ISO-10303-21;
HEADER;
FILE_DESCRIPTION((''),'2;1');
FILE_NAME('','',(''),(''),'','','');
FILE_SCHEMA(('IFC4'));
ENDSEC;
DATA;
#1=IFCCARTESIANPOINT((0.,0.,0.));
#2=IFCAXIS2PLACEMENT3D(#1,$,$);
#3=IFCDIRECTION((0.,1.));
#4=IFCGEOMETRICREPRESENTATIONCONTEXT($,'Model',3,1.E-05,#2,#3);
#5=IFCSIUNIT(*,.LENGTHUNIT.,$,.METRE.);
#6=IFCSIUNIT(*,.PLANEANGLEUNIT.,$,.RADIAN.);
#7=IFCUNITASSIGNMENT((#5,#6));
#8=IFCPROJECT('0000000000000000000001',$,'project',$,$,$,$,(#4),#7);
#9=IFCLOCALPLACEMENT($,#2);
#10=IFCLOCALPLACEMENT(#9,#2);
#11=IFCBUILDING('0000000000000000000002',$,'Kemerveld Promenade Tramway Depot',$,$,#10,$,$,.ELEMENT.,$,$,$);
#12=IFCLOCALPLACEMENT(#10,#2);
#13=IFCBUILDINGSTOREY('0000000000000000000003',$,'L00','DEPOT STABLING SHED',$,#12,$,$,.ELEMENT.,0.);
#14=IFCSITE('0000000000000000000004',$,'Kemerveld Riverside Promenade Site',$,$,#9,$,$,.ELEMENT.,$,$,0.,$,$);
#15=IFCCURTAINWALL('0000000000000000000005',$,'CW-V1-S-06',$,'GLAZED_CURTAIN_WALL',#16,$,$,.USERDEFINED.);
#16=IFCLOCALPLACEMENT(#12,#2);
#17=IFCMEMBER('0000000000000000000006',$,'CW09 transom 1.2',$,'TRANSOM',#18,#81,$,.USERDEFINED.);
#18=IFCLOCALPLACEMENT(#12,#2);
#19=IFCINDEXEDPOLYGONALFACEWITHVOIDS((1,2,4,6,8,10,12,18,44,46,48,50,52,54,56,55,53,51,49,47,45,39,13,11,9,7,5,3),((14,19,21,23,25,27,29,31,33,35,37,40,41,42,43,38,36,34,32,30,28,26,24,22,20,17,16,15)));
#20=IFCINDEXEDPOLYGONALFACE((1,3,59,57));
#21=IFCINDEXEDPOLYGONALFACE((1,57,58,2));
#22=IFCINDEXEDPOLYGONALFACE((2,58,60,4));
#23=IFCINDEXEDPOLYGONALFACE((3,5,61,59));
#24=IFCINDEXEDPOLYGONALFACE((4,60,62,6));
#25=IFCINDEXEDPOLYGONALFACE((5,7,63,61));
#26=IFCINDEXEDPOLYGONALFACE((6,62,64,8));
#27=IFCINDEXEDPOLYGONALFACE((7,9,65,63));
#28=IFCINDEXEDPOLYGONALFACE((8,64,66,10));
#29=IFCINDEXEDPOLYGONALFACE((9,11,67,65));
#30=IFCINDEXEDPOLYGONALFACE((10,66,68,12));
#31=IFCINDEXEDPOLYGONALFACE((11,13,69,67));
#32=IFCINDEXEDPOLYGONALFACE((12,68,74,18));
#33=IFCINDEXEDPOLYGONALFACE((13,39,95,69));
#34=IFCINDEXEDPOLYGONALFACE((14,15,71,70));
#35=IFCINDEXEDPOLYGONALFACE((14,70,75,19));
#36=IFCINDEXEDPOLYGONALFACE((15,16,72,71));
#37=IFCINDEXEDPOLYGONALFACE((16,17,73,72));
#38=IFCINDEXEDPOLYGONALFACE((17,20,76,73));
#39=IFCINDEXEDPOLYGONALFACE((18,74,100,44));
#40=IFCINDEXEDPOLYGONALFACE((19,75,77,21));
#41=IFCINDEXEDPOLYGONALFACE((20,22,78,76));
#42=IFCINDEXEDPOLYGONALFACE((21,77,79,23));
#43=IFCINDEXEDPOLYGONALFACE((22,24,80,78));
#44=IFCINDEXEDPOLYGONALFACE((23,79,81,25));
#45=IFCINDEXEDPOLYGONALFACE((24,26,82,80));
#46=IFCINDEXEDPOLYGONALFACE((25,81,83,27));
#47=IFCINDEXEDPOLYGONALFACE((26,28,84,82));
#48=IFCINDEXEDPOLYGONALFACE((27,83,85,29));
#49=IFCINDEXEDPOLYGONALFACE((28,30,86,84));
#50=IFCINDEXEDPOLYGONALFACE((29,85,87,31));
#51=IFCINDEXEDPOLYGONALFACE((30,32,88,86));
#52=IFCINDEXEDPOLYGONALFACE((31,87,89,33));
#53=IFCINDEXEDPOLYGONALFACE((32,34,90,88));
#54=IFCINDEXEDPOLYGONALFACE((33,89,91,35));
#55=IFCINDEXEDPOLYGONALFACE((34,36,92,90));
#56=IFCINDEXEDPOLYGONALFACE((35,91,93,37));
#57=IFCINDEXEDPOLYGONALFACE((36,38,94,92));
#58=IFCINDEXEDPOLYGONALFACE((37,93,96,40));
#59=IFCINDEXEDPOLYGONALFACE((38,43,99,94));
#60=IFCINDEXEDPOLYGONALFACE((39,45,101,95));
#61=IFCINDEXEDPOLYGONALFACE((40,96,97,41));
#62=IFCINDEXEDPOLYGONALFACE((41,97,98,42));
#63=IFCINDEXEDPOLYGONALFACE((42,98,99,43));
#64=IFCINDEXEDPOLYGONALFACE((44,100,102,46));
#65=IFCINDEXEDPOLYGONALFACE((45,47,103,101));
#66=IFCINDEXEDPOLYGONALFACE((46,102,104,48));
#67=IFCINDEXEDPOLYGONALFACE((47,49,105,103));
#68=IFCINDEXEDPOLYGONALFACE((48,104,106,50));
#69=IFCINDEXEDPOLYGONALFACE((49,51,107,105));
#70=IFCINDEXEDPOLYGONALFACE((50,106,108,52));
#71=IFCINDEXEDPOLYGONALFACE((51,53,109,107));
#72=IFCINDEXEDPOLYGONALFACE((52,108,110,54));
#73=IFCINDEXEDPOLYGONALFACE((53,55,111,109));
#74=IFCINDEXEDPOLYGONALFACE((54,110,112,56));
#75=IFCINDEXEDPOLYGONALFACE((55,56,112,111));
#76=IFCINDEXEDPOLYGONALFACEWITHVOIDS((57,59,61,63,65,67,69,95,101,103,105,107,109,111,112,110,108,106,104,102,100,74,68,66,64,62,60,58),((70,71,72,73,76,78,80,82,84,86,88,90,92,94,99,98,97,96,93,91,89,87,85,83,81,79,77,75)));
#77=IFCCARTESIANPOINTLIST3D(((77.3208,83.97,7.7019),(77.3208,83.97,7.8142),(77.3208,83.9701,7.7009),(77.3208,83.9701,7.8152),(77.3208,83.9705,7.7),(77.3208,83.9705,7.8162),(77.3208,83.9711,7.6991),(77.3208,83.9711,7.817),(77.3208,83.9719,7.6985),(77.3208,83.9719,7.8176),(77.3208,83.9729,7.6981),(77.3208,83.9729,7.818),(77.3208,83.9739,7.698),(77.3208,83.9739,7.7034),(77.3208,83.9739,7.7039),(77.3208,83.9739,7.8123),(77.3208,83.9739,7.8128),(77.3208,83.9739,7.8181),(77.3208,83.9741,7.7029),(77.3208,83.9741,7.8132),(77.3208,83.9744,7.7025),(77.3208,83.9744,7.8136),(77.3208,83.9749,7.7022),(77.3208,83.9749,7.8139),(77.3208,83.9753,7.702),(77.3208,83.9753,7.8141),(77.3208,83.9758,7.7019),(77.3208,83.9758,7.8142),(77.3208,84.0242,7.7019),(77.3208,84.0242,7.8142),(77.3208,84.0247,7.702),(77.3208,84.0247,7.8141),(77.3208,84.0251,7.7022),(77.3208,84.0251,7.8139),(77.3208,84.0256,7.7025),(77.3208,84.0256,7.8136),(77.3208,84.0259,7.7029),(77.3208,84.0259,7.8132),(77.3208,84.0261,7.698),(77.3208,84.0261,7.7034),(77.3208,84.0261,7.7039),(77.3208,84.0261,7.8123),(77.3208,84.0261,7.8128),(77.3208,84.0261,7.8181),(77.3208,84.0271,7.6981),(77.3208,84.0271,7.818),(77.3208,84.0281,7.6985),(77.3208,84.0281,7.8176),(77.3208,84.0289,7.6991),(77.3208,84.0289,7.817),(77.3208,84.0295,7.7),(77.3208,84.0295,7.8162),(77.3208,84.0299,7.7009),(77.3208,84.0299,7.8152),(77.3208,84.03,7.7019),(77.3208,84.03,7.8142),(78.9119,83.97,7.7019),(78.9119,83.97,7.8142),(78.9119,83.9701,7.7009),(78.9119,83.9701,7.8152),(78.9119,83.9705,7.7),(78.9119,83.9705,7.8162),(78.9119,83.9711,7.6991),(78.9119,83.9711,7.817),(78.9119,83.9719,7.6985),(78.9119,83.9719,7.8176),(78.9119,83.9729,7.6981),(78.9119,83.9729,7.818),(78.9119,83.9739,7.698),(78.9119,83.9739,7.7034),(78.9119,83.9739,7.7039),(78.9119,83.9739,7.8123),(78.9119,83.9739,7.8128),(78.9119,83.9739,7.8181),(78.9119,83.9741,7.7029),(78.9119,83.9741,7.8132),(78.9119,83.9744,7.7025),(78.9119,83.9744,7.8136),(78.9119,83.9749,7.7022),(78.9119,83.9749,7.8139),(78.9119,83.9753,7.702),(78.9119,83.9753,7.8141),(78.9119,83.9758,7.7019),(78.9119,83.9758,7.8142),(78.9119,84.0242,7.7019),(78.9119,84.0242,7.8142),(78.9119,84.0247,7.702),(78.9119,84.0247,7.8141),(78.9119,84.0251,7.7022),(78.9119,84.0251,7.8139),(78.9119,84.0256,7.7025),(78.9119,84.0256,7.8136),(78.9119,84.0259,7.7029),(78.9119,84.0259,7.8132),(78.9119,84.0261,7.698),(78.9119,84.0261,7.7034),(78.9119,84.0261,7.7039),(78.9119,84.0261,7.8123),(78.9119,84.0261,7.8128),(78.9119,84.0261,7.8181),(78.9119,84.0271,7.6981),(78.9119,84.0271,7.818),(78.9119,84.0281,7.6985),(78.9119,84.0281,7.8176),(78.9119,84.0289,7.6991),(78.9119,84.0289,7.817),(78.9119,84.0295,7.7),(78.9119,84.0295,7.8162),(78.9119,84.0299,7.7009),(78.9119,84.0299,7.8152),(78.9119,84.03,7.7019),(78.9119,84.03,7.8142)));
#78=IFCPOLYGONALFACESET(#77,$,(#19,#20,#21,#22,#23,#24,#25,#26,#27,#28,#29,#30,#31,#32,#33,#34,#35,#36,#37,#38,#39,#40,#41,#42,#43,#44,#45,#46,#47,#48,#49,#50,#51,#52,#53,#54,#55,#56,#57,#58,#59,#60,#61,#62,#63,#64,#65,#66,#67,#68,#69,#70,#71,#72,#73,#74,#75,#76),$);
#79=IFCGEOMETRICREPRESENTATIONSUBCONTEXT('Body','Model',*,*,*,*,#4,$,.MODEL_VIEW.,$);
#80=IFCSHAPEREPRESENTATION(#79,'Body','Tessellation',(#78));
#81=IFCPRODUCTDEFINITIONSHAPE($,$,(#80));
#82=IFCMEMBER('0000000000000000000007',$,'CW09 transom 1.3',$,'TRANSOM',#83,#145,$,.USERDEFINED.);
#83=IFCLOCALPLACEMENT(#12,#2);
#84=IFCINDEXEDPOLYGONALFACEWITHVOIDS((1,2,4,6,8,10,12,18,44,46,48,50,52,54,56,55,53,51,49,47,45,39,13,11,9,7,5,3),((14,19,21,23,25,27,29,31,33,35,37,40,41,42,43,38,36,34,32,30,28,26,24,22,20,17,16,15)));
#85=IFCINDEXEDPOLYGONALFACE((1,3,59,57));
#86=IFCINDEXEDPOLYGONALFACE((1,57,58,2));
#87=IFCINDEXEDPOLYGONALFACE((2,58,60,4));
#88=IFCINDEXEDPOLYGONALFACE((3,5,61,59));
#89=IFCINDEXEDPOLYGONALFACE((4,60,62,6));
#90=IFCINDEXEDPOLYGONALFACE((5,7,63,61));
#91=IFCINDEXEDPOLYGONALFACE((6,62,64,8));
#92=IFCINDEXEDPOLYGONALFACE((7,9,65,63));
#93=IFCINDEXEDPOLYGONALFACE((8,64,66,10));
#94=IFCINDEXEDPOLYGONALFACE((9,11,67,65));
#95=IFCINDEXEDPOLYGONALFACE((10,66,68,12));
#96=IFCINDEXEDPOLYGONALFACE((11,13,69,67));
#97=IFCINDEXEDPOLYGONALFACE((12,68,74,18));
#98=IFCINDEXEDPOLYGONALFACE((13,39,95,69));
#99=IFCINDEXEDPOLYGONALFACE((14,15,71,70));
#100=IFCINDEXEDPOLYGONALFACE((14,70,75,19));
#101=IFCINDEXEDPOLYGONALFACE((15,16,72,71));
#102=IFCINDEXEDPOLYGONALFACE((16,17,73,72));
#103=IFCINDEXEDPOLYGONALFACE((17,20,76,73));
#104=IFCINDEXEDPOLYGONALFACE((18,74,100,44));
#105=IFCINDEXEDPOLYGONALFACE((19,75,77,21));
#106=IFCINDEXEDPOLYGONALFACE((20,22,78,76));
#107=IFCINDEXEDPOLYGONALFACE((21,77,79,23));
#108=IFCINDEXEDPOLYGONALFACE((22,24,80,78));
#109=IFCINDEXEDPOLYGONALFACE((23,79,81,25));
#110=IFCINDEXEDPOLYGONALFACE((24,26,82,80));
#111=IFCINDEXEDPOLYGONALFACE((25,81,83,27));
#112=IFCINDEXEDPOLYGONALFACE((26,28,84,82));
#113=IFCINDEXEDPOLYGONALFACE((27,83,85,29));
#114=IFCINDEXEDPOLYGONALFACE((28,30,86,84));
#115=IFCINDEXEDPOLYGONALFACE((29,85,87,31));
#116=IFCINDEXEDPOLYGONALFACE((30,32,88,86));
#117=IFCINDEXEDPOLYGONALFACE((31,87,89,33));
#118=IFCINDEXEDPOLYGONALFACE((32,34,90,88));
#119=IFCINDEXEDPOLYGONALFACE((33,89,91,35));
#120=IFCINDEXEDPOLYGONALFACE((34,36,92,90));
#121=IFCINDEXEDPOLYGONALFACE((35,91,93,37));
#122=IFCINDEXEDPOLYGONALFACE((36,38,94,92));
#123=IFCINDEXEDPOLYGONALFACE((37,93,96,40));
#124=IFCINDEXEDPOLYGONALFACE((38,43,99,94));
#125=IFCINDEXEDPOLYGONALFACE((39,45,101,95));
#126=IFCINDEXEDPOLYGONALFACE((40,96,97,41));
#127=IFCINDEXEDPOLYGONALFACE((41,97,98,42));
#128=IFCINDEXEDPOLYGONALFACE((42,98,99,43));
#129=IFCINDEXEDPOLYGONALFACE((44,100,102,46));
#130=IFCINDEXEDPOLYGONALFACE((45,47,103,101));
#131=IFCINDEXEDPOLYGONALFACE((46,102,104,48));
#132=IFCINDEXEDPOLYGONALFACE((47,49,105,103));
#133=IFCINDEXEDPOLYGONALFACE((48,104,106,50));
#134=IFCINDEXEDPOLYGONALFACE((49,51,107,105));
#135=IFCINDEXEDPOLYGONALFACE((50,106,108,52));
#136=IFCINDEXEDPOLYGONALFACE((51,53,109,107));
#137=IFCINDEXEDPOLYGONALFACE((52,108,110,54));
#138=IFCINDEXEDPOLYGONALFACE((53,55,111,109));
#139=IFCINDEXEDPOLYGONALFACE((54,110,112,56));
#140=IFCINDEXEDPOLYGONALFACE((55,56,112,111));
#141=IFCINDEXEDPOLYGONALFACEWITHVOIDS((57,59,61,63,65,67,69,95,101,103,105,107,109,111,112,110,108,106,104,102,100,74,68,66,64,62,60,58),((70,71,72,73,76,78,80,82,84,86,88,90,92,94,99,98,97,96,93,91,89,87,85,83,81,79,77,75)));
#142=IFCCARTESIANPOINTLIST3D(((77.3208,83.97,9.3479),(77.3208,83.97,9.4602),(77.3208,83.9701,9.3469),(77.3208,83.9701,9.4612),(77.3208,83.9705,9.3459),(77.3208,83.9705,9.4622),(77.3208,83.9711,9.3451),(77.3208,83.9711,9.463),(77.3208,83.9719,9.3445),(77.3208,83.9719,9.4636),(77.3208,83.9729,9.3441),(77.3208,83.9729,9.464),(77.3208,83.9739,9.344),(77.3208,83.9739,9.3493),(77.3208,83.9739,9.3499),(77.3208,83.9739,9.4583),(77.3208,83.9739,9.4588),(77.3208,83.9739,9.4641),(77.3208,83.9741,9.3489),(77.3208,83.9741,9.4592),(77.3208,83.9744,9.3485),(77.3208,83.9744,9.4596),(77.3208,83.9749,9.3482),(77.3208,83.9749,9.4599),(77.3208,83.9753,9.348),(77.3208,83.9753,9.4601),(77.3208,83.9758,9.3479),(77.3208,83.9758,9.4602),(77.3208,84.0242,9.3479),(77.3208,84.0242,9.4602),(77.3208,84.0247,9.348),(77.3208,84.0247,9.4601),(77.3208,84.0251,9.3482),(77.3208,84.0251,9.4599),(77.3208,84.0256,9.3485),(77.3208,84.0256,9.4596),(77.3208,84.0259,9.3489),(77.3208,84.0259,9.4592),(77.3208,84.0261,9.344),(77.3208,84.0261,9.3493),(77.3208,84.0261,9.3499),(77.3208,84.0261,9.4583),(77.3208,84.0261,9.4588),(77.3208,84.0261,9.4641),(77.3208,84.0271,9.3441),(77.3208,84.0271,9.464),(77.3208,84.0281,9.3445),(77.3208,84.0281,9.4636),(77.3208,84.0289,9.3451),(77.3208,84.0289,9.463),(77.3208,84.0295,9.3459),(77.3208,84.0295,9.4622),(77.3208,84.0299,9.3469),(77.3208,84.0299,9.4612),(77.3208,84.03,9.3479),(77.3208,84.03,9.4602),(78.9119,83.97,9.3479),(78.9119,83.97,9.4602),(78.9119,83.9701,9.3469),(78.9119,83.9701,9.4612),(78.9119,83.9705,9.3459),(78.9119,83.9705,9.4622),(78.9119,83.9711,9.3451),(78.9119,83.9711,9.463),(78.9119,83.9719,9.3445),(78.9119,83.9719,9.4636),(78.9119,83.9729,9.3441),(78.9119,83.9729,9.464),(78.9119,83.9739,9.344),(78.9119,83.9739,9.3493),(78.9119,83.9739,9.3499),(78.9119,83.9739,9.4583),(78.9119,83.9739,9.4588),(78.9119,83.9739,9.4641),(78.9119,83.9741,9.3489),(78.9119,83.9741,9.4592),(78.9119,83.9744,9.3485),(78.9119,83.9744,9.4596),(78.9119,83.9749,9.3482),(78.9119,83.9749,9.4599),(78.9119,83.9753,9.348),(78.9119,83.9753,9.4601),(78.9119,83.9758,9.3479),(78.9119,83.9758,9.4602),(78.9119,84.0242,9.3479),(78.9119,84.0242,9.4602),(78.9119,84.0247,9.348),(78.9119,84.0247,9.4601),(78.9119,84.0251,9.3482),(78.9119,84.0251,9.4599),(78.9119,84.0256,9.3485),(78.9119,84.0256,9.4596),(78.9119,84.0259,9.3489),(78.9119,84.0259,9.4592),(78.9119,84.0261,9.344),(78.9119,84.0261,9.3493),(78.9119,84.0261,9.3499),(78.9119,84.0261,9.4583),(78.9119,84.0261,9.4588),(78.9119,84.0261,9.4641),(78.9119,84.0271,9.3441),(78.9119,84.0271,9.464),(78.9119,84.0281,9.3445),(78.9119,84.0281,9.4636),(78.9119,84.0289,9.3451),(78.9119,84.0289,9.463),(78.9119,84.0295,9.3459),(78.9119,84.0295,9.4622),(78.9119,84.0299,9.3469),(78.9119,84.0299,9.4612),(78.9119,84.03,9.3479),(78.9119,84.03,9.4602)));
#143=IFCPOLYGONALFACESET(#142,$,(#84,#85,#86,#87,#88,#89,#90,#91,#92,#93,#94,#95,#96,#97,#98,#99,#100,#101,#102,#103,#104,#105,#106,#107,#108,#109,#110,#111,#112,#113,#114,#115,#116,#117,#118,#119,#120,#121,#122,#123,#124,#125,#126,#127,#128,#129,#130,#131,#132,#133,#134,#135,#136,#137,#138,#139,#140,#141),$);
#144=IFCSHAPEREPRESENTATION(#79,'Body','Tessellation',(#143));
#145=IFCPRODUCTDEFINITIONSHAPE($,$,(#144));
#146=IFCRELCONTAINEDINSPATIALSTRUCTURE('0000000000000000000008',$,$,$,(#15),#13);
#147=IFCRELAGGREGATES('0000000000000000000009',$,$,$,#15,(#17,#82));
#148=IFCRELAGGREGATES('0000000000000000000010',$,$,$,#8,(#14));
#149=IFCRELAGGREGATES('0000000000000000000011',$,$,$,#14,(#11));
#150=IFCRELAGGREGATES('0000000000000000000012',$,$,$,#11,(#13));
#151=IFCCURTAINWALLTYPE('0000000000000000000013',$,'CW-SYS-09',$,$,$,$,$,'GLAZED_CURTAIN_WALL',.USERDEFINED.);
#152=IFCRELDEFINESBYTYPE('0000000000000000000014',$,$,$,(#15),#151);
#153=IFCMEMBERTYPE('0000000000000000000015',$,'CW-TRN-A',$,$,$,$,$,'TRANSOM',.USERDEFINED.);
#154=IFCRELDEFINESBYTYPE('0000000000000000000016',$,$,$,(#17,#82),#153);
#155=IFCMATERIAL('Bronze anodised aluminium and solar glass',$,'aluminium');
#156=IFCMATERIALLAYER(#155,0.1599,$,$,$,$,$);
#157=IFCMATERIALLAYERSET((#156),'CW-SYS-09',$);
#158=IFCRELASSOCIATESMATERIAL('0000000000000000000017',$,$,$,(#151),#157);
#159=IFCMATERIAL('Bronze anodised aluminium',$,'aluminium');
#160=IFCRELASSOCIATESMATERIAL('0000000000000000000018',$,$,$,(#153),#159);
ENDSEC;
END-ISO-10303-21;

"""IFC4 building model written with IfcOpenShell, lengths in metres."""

from ifc_helpers import new_model, si_unit, direction, frame, origin, origin_2d, place, context, subcontext, project, spatial, hollow_rectangle, extrude, material, layer, layer_set, material_profile, profile_set, type_object, element, aggregate, save


model = new_model("IFC4")

# Units and contexts
model_context = context("Model", 3, precision=1e-05, world=origin(), true_north=direction((0.0, 1.0)))
body_context = subcontext(model_context, "Body", "Model", "MODEL_VIEW")
ifc_project = project(units=[si_unit("LENGTHUNIT", "METRE"), si_unit("PLANEANGLEUNIT", "RADIAN")], contexts=[model_context])

# Site, building, storey
site_placement = place(None, origin())
site = spatial("IfcSite", under=ifc_project, at=site_placement, Name="Kemerveld Riverside Promenade Site", CompositionType="ELEMENT", RefElevation=0.0)
building_placement = place(site_placement, origin())
building = spatial("IfcBuilding", under=site, at=building_placement, Name="Kemerveld Promenade Tramway Depot", CompositionType="ELEMENT")
storey_placement = place(building_placement, origin())
storey = spatial("IfcBuildingStorey", under=building, at=storey_placement, Name="L00", Description="DEPOT STABLING SHED", CompositionType="ELEMENT", Elevation=0.0)

# Curtain wall
ifc_material_1 = material(Name="Bronze anodised aluminium and solar glass", Category="aluminium")
ifc_layer_1 = layer(ifc_material_1, 0.1599)
ifc_layer_set_1 = layer_set([ifc_layer_1], Name="CW-SYS-09")
curtain_wall_type_1 = type_object("IfcCurtainWallType", Name="CW-SYS-09", ElementType="GLAZED_CURTAIN_WALL", PredefinedType="USERDEFINED", material=ifc_layer_set_1)
curtain_wall_1_placement = place(storey_placement, origin())
curtain_wall_1 = element("IfcCurtainWall", 1, at=curtain_wall_1_placement, inside=storey, type_object=curtain_wall_type_1, Name="CW-V1-S-06", ObjectType="GLAZED_CURTAIN_WALL", PredefinedType="USERDEFINED")
ifc_material_2 = material(Name="Bronze anodised aluminium", Category="aluminium")

# Members
ifc_material_profile_1 = material_profile(ifc_material_2, hollow_rectangle(XDim=0.0601, YDim=0.1201, WallThickness=0.0039, InnerFilletRadius=0.002, OuterFilletRadius=0.0039, at=origin_2d()), Name="CW-TRN-120x60")
ifc_profile_set_1 = profile_set([ifc_material_profile_1], Name="Bronze anodised aluminium")
member_type_1 = type_object("IfcMemberType", Name="CW-TRN-A", ElementType="TRANSOM", PredefinedType="USERDEFINED", material=ifc_profile_set_1)
member_1_placement = place(storey_placement, frame((78.9119, 84.0, 7.7581), z_axis=(-1.0, 0.0, 0.0), x_axis=(0.0, -1.0, 0.0)))
member_1 = element("IfcMember", 2, at=member_1_placement, type_object=member_type_1, Name="CW09 transom 1.2", ObjectType="TRANSOM", PredefinedType="USERDEFINED", context=body_context, shape_type="SweptSolid", body=[
    extrude(hollow_rectangle(XDim=0.0601, YDim=0.1201, WallThickness=0.0039, InnerFilletRadius=0.002, OuterFilletRadius=0.0039, at=origin_2d()), origin(), (0.0, 0.0, 1.0), 1.5911),
])
member_2_placement = place(storey_placement, frame((78.9119, 84.0, 9.4041), z_axis=(-1.0, 0.0, 0.0), x_axis=(0.0, -1.0, 0.0)))
member_2 = element("IfcMember", 3, at=member_2_placement, type_object=member_type_1, Name="CW09 transom 1.3", ObjectType="TRANSOM", PredefinedType="USERDEFINED", context=body_context, shape_type="SweptSolid", body=[
    extrude(hollow_rectangle(XDim=0.0601, YDim=0.1201, WallThickness=0.0039, InnerFilletRadius=0.002, OuterFilletRadius=0.0039, at=origin_2d()), origin(), (0.0, 0.0, 1.0), 1.5911),
])

aggregate(curtain_wall_1, [member_1, member_2])

save(model, "model.ifc")
